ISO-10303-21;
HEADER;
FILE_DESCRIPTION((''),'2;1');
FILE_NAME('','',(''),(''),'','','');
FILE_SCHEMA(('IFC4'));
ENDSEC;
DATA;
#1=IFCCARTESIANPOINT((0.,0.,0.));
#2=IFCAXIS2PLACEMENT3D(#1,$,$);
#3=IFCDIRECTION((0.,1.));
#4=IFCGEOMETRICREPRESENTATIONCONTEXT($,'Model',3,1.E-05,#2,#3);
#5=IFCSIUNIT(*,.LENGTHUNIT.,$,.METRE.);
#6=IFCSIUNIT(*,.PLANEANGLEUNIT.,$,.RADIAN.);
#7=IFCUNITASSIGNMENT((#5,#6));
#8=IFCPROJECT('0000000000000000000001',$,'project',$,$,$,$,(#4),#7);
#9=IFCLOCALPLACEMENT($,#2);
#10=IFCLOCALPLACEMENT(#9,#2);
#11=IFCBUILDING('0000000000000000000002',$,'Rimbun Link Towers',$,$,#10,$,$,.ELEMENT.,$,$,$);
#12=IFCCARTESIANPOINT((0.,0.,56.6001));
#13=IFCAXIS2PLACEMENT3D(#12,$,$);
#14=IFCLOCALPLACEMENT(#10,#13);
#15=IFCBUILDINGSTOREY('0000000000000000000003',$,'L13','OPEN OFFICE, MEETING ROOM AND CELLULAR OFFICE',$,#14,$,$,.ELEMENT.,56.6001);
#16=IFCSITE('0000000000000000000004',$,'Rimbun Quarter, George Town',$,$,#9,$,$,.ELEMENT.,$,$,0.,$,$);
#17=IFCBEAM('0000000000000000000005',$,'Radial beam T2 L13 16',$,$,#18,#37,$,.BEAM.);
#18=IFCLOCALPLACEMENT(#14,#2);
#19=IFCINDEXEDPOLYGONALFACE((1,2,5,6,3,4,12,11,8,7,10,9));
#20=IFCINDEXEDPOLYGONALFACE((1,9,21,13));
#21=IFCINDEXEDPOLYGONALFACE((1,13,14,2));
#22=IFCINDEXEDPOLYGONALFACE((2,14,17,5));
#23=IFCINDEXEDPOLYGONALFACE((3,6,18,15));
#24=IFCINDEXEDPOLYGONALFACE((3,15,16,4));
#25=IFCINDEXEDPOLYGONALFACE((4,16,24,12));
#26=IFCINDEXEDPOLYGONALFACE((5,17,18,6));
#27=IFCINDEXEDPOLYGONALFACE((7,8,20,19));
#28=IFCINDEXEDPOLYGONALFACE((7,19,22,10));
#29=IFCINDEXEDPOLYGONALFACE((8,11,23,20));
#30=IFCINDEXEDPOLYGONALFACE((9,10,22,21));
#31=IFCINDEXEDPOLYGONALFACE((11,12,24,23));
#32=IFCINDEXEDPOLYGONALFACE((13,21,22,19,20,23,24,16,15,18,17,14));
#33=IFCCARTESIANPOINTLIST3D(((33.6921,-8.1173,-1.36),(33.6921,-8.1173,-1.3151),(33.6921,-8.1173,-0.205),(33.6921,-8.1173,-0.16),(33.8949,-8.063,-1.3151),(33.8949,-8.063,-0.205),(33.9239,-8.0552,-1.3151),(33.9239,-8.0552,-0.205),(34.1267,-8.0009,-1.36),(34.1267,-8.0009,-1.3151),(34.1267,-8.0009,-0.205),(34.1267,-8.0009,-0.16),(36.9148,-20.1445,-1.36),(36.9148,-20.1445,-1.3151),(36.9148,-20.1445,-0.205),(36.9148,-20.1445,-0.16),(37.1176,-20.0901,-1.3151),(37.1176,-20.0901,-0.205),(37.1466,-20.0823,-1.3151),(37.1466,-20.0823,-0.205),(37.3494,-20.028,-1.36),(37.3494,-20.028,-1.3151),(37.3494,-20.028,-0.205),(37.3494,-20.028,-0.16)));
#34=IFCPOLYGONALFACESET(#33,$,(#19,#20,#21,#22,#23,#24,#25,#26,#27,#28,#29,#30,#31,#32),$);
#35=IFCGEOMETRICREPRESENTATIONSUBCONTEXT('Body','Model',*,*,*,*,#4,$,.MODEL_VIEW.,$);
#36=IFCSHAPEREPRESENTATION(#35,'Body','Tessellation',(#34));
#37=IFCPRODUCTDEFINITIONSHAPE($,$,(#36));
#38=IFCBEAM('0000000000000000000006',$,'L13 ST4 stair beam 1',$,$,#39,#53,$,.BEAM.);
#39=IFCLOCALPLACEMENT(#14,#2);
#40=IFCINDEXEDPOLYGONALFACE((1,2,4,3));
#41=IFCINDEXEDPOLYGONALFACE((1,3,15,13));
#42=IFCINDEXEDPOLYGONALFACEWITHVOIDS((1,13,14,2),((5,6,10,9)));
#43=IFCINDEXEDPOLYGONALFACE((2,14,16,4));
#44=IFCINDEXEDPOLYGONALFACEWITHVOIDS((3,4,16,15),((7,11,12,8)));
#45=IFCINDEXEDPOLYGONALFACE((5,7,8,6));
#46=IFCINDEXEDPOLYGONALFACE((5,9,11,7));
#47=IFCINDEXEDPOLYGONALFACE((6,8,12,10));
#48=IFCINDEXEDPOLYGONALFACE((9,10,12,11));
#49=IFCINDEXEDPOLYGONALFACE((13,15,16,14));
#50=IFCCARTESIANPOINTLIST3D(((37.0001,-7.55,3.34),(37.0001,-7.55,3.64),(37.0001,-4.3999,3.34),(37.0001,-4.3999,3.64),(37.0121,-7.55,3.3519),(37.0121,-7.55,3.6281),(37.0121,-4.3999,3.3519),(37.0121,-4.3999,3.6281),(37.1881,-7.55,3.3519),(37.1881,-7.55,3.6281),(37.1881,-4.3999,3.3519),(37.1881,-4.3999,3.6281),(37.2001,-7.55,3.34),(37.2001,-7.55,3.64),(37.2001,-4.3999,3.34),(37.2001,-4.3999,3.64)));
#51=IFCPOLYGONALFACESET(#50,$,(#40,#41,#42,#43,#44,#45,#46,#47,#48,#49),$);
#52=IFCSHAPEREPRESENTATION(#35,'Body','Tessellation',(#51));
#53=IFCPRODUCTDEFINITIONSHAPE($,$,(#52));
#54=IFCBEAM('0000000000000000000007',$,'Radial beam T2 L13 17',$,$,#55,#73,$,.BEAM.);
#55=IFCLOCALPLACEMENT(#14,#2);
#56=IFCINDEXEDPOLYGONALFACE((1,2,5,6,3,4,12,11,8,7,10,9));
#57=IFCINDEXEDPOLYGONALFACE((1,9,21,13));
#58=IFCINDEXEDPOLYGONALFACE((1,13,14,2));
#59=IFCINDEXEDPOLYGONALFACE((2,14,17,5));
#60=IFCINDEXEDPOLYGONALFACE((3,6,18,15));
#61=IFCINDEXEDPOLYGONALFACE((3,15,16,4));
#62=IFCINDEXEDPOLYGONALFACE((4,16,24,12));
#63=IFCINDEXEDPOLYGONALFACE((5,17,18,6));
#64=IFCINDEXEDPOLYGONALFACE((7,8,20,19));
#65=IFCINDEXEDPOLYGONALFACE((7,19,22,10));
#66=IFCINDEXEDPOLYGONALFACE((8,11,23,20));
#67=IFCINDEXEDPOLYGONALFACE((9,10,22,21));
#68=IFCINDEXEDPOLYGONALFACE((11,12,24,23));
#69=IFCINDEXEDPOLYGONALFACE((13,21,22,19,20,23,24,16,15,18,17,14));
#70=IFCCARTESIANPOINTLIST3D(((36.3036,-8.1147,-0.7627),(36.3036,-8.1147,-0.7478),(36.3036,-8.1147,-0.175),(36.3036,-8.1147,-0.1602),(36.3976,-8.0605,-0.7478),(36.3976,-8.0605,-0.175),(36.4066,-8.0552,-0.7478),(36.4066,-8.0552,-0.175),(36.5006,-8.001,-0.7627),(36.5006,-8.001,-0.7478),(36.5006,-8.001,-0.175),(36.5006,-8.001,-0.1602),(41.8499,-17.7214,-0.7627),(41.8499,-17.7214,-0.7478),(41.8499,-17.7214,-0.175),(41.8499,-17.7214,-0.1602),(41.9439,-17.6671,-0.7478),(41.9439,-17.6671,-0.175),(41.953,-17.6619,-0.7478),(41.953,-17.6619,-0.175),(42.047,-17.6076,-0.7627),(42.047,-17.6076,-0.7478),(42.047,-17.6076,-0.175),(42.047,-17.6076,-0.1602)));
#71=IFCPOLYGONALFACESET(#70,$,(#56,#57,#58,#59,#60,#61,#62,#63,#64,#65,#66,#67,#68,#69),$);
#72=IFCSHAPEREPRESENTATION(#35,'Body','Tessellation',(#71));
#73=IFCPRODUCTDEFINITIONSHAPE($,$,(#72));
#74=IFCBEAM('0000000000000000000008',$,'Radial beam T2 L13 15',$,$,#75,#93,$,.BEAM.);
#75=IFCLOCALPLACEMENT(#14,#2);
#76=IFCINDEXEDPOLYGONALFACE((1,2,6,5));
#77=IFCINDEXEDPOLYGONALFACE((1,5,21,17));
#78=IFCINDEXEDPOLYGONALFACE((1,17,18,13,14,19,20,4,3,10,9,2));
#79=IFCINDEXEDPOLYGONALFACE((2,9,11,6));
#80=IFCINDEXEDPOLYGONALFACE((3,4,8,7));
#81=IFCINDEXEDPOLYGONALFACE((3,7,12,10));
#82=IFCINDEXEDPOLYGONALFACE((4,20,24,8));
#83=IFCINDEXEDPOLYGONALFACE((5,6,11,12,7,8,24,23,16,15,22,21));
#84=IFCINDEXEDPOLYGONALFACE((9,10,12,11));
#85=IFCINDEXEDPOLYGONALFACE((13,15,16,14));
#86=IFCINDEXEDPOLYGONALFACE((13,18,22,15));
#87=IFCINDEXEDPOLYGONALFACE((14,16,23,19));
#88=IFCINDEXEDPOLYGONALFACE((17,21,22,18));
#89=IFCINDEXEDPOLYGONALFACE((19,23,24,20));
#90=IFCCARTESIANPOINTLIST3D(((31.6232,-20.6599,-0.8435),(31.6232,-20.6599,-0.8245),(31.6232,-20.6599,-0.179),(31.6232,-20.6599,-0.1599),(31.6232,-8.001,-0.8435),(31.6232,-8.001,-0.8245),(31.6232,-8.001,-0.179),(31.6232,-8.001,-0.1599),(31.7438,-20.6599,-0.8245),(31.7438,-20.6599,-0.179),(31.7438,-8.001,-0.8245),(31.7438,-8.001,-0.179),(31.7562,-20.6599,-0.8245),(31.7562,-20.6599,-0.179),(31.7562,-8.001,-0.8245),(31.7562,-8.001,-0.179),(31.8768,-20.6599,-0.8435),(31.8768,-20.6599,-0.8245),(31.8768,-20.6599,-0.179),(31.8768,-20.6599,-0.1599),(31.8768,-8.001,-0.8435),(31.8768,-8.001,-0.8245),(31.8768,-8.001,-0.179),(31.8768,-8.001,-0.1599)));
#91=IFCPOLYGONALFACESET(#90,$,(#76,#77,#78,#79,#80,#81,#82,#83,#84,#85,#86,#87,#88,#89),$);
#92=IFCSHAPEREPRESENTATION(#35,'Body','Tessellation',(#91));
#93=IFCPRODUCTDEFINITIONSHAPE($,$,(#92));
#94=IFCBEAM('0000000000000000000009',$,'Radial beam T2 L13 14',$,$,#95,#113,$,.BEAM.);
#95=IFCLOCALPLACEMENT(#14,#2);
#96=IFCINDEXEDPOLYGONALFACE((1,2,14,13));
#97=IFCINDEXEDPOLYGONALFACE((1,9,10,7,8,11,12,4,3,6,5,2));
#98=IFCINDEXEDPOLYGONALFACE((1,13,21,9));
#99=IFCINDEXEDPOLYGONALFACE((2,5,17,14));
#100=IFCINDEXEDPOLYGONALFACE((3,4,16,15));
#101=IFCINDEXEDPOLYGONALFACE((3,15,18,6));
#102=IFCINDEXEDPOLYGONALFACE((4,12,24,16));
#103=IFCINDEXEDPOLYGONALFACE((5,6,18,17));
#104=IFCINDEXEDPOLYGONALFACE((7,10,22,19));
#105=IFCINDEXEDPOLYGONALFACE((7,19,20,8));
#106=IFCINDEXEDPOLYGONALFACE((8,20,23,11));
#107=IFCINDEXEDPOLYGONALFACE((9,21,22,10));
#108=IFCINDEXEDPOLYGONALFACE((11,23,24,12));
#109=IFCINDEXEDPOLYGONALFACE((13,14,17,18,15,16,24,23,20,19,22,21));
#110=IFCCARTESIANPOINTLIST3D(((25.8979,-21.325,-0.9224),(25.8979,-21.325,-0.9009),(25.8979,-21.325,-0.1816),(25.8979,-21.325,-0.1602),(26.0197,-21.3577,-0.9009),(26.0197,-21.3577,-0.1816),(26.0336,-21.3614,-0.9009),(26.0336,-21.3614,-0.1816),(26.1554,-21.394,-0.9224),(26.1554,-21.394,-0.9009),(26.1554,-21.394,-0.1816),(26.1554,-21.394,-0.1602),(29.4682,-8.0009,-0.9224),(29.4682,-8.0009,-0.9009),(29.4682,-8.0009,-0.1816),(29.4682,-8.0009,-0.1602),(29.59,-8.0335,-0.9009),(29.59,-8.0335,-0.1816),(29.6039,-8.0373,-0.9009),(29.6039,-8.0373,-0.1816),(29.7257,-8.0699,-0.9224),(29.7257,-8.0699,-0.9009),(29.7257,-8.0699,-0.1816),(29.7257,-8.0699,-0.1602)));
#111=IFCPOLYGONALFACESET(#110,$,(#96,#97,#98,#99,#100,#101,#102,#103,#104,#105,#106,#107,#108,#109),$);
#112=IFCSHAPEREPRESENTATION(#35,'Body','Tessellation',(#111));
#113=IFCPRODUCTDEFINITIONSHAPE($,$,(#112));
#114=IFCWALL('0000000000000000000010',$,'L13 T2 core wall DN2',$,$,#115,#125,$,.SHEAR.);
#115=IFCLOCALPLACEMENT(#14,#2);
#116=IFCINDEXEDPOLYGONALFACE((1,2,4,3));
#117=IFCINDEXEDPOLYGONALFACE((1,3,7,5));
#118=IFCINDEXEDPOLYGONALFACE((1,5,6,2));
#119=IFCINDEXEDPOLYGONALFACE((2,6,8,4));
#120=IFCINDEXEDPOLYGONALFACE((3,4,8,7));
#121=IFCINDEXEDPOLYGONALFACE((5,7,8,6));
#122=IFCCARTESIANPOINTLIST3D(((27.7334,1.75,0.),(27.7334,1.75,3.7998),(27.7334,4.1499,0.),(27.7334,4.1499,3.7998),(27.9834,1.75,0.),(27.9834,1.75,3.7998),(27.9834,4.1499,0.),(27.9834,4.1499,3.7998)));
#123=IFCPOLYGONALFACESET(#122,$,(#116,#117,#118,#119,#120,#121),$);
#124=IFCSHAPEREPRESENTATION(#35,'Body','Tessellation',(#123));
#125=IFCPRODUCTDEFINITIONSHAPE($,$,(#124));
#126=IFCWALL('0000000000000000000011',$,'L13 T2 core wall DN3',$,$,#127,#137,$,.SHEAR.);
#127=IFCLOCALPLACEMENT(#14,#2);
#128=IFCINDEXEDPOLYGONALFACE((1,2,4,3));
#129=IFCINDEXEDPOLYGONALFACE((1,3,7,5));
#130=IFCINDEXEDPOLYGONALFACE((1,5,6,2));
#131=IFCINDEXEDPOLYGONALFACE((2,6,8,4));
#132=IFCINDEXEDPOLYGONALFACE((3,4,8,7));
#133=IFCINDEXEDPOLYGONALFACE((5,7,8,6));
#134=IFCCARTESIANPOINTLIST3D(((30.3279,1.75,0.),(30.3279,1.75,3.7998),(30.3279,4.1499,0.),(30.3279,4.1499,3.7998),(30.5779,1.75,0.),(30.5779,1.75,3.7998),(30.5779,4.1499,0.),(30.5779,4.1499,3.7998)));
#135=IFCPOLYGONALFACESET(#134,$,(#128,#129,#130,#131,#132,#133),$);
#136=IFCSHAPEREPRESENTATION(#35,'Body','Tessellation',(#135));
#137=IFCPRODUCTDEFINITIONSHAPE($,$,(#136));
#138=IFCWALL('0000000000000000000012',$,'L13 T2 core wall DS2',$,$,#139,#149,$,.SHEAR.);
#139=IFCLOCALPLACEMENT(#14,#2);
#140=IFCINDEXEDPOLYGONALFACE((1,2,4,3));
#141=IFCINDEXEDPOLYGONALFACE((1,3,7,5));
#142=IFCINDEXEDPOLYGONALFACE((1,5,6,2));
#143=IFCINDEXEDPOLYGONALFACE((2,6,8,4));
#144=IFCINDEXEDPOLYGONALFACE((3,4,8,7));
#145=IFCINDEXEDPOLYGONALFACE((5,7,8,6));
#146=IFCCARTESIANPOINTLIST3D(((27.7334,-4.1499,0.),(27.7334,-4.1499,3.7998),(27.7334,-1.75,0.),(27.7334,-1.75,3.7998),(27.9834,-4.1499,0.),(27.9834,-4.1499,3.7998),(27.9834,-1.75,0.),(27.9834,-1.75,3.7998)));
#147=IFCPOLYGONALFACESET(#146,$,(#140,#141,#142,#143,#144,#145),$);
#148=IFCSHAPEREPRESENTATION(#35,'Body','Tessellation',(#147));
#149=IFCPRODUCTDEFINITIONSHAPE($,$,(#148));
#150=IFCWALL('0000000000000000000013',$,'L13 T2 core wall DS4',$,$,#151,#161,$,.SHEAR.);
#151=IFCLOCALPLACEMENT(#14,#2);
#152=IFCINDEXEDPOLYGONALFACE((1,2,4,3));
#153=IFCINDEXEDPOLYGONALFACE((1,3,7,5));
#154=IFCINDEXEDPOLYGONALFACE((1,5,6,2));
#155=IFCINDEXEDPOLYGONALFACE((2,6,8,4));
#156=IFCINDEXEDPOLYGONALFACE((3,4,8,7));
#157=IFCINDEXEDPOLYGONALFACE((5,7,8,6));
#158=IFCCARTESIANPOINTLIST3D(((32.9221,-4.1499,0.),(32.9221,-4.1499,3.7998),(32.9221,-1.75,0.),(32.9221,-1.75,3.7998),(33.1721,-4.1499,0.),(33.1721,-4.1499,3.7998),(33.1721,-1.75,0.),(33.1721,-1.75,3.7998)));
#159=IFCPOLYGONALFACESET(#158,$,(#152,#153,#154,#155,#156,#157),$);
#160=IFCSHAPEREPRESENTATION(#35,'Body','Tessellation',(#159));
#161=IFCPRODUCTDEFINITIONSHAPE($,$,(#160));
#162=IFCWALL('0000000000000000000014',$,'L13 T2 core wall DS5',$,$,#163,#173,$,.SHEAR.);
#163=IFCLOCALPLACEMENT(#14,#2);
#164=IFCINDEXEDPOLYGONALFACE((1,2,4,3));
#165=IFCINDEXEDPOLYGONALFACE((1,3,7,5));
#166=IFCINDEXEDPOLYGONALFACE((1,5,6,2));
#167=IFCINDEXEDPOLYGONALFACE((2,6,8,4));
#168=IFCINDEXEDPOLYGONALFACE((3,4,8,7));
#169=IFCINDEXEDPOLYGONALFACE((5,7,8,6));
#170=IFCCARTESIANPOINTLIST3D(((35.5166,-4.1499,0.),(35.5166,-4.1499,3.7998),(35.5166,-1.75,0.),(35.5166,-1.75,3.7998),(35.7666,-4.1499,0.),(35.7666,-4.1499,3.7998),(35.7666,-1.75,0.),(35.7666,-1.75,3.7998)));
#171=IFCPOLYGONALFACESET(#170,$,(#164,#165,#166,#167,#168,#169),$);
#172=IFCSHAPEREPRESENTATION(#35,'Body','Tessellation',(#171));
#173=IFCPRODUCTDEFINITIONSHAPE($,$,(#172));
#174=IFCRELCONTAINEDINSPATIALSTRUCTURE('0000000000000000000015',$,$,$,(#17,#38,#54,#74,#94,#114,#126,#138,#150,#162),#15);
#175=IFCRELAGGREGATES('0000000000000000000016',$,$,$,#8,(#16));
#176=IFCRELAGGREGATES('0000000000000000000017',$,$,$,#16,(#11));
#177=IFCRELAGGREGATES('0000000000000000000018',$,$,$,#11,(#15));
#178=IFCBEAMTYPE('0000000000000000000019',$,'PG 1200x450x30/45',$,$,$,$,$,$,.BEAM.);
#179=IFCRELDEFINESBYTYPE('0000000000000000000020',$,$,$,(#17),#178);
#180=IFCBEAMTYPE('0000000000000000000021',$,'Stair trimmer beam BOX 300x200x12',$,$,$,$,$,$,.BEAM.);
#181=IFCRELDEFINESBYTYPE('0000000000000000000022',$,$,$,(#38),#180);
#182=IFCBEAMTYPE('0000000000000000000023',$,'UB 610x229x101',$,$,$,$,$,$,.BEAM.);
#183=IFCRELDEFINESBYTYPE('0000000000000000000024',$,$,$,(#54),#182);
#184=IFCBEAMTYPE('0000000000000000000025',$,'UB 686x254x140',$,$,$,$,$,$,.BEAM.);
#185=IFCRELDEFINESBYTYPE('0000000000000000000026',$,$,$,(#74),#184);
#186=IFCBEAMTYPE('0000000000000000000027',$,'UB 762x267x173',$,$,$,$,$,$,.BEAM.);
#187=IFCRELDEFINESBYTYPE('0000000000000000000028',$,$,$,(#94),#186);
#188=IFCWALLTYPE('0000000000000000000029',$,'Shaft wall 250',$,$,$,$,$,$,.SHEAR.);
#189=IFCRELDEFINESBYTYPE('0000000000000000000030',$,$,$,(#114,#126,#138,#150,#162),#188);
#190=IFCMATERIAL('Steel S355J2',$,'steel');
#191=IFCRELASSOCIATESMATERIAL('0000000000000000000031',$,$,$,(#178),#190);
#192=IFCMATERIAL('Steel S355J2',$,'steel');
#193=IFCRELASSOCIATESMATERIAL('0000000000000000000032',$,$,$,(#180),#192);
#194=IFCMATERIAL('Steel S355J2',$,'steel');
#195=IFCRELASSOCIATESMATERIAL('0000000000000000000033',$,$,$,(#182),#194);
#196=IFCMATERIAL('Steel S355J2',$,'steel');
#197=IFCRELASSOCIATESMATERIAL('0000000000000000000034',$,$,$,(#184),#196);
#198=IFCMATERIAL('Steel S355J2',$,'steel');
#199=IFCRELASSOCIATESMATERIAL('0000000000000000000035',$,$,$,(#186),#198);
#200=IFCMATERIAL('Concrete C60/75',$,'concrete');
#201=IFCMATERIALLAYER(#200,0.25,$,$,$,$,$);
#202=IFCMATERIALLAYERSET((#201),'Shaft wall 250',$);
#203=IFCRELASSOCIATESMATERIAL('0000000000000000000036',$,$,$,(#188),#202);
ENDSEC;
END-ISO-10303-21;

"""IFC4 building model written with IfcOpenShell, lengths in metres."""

from ifc_helpers import new_model, si_unit, direction, frame, frame_2d, origin, origin_2d, place, context, subcontext, project, spatial, rectangle, hollow_rectangle, i_section, extrude, material, layer, layer_set, material_profile, profile_set, type_object, element, save


model = new_model("IFC4")

# Units and contexts
model_context = context("Model", 3, precision=1e-05, world=origin(), true_north=direction((0.0, 1.0)))
body_context = subcontext(model_context, "Body", "Model", "MODEL_VIEW")
ifc_project = project(units=[si_unit("LENGTHUNIT", "METRE"), si_unit("PLANEANGLEUNIT", "RADIAN")], contexts=[model_context])

# Site, building, storey
site_placement = place(None, origin())
site = spatial("IfcSite", under=ifc_project, at=site_placement, Name="Rimbun Quarter, George Town", CompositionType="ELEMENT", RefElevation=0.0)
building_placement = place(site_placement, origin())
building = spatial("IfcBuilding", under=site, at=building_placement, Name="Rimbun Link Towers", CompositionType="ELEMENT")
storey_placement = place(building_placement, frame((0.0, 0.0, 56.6001)))
storey = spatial("IfcBuildingStorey", under=building, at=storey_placement, Name="L13", Description="OPEN OFFICE, MEETING ROOM AND CELLULAR OFFICE", CompositionType="ELEMENT", Elevation=56.6001)

# Beams
ifc_material_1 = material(Name="Steel S355J2", Category="steel")
ifc_material_profile_1 = material_profile(ifc_material_1, i_section(OverallWidth=0.45, OverallDepth=1.2, WebThickness=0.03, FlangeThickness=0.0449, at=origin_2d()), Name="PG 1200x450x30/45")
ifc_profile_set_1 = profile_set([ifc_material_profile_1], Name="Steel S355J2")
beam_type_1 = type_object("IfcBeamType", Name="PG 1200x450x30/45", PredefinedType="BEAM", material=ifc_profile_set_1)
beam_1_placement = place(storey_placement, frame((33.9094, -8.0591, -0.76), z_axis=(0.258819, -0.965926, 0.0), x_axis=(0.965926, 0.258819, 0.0)))
element("IfcBeam", 1, at=beam_1_placement, inside=storey, type_object=beam_type_1, Name="Radial beam T2 L13 16", PredefinedType="BEAM", context=body_context, shape_type="SweptSolid", body=[
    extrude(i_section(OverallWidth=0.45, OverallDepth=1.2, WebThickness=0.03, FlangeThickness=0.0449, at=origin_2d()), origin(), (0.0, 0.0, 1.0), 12.4514),
])
ifc_material_2 = material(Name="Steel S355J2", Category="steel")
ifc_material_profile_2 = material_profile(ifc_material_2, hollow_rectangle(XDim=0.2, YDim=0.3, WallThickness=0.012, at=origin_2d()), Name="BOX 300x200x12")
ifc_profile_set_2 = profile_set([ifc_material_profile_2], Name="Steel S355J2")
beam_type_2 = type_object("IfcBeamType", Name="Stair trimmer beam BOX 300x200x12", PredefinedType="BEAM", material=ifc_profile_set_2)
beam_2_placement = place(storey_placement, frame((37.1001, -7.55, 3.49), z_axis=(0.0, 1.0, 0.0), x_axis=(-1.0, 0.0, 0.0)))
element("IfcBeam", 2, at=beam_2_placement, inside=storey, type_object=beam_type_2, Name="L13 ST4 stair beam 1", PredefinedType="BEAM", context=body_context, shape_type="SweptSolid", body=[
    extrude(hollow_rectangle(XDim=0.2, YDim=0.3, WallThickness=0.012, at=origin_2d()), origin(), (0.0, 0.0, 1.0), 3.1501),
])
ifc_material_3 = material(Name="Steel S355J2", Category="steel")
ifc_material_profile_3 = material_profile(ifc_material_3, i_section(OverallWidth=0.2275, OverallDepth=0.6025, WebThickness=0.0105, FlangeThickness=0.0149, at=origin_2d()), Name="UB 610x229x101")
ifc_profile_set_3 = profile_set([ifc_material_profile_3], Name="Steel S355J2")
beam_type_3 = type_object("IfcBeamType", Name="UB 610x229x101", PredefinedType="BEAM", material=ifc_profile_set_3)
beam_3_placement = place(storey_placement, frame((36.4021, -8.0579, -0.4614), z_axis=(0.499997, -0.866027, 0.0), x_axis=(0.866027, 0.499997, 0.0)))
element("IfcBeam", 3, at=beam_3_placement, inside=storey, type_object=beam_type_3, Name="Radial beam T2 L13 17", PredefinedType="BEAM", context=body_context, shape_type="SweptSolid", body=[
    extrude(i_section(OverallWidth=0.2275, OverallDepth=0.6025, WebThickness=0.0105, FlangeThickness=0.0149, at=origin_2d()), origin(), (0.0, 0.0, 1.0), 11.0928),
])
ifc_material_4 = material(Name="Steel S355J2", Category="steel")
ifc_material_profile_4 = material_profile(ifc_material_4, i_section(OverallWidth=0.2537, OverallDepth=0.6836, WebThickness=0.0125, FlangeThickness=0.019, at=origin_2d()), Name="UB 686x254x140")
ifc_profile_set_4 = profile_set([ifc_material_profile_4], Name="Steel S355J2")
beam_type_4 = type_object("IfcBeamType", Name="UB 686x254x140", PredefinedType="BEAM", material=ifc_profile_set_4)
beam_4_placement = place(storey_placement, frame((31.75, -8.001, -0.5017), z_axis=(0.0, -1.0, 0.0), x_axis=(1.0, 0.0, 0.0)))
element("IfcBeam", 4, at=beam_4_placement, inside=storey, type_object=beam_type_4, Name="Radial beam T2 L13 15", PredefinedType="BEAM", context=body_context, shape_type="SweptSolid", body=[
    extrude(i_section(OverallWidth=0.2537, OverallDepth=0.6836, WebThickness=0.0125, FlangeThickness=0.019, at=origin_2d()), origin(), (0.0, 0.0, 1.0), 12.6589),
])
ifc_material_5 = material(Name="Steel S355J2", Category="steel")
ifc_material_profile_5 = material_profile(ifc_material_5, i_section(OverallWidth=0.2666, OverallDepth=0.7622, WebThickness=0.0144, FlangeThickness=0.0215, at=origin_2d()), Name="UB 762x267x173")
ifc_profile_set_5 = profile_set([ifc_material_profile_5], Name="Steel S355J2")
beam_type_5 = type_object("IfcBeamType", Name="UB 762x267x173", PredefinedType="BEAM", material=ifc_profile_set_5)
beam_5_placement = place(storey_placement, frame((29.5969, -8.0354, -0.5413), z_axis=(-0.258826, -0.965924, 0.0), x_axis=(0.965924, -0.258826, 0.0)))
element("IfcBeam", 5, at=beam_5_placement, inside=storey, type_object=beam_type_5, Name="Radial beam T2 L13 14", PredefinedType="BEAM", context=body_context, shape_type="SweptSolid", body=[
    extrude(i_section(OverallWidth=0.2666, OverallDepth=0.7622, WebThickness=0.0144, FlangeThickness=0.0215, at=origin_2d()), origin(), (0.0, 0.0, 1.0), 13.7942),
])

# Walls
ifc_material_6 = material(Name="Concrete C60/75", Category="concrete")
ifc_layer = layer(ifc_material_6, 0.25)
ifc_layer_set = layer_set([ifc_layer], Name="Shaft wall 250")
wall_type = type_object("IfcWallType", Name="Shaft wall 250", PredefinedType="SHEAR", material=ifc_layer_set)
for number, where, z_axis, x_axis, name in (
    (6, (27.8584, 1.75, 0.0), (0.0, 0.0, 1.0), (0.0, 1.0, 0.0), "L13 T2 core wall DN2"),
    (7, (30.4529, 1.75, 0.0), (0.0, 0.0, 1.0), (0.0, 1.0, 0.0), "L13 T2 core wall DN3"),
    (8, (27.8584, -4.1499, 0.0), (0.0, 0.0, 1.0), (0.0, 1.0, 0.0), "L13 T2 core wall DS2"),
    (9, (33.0471, -4.1499, 0.0), (0.0, 0.0, 1.0), (0.0, 1.0, 0.0), "L13 T2 core wall DS4"),
    (10, (35.6416, -4.1499, 0.0), (0.0, 0.0, 1.0), (0.0, 1.0, 0.0), "L13 T2 core wall DS5"),
):
    element("IfcWall", number, at=place(storey_placement, frame(where, z_axis=z_axis, x_axis=x_axis)), inside=storey, type_object=wall_type, Name=name, PredefinedType="SHEAR", context=body_context, shape_type="SweptSolid", body=[
        extrude(rectangle(XDim=2.3999, YDim=0.25, at=frame_2d((1.2, 0.0))), origin(), (0.0, 0.0, 1.0), 3.7998),
    ])

save(model, "model.ifc")
